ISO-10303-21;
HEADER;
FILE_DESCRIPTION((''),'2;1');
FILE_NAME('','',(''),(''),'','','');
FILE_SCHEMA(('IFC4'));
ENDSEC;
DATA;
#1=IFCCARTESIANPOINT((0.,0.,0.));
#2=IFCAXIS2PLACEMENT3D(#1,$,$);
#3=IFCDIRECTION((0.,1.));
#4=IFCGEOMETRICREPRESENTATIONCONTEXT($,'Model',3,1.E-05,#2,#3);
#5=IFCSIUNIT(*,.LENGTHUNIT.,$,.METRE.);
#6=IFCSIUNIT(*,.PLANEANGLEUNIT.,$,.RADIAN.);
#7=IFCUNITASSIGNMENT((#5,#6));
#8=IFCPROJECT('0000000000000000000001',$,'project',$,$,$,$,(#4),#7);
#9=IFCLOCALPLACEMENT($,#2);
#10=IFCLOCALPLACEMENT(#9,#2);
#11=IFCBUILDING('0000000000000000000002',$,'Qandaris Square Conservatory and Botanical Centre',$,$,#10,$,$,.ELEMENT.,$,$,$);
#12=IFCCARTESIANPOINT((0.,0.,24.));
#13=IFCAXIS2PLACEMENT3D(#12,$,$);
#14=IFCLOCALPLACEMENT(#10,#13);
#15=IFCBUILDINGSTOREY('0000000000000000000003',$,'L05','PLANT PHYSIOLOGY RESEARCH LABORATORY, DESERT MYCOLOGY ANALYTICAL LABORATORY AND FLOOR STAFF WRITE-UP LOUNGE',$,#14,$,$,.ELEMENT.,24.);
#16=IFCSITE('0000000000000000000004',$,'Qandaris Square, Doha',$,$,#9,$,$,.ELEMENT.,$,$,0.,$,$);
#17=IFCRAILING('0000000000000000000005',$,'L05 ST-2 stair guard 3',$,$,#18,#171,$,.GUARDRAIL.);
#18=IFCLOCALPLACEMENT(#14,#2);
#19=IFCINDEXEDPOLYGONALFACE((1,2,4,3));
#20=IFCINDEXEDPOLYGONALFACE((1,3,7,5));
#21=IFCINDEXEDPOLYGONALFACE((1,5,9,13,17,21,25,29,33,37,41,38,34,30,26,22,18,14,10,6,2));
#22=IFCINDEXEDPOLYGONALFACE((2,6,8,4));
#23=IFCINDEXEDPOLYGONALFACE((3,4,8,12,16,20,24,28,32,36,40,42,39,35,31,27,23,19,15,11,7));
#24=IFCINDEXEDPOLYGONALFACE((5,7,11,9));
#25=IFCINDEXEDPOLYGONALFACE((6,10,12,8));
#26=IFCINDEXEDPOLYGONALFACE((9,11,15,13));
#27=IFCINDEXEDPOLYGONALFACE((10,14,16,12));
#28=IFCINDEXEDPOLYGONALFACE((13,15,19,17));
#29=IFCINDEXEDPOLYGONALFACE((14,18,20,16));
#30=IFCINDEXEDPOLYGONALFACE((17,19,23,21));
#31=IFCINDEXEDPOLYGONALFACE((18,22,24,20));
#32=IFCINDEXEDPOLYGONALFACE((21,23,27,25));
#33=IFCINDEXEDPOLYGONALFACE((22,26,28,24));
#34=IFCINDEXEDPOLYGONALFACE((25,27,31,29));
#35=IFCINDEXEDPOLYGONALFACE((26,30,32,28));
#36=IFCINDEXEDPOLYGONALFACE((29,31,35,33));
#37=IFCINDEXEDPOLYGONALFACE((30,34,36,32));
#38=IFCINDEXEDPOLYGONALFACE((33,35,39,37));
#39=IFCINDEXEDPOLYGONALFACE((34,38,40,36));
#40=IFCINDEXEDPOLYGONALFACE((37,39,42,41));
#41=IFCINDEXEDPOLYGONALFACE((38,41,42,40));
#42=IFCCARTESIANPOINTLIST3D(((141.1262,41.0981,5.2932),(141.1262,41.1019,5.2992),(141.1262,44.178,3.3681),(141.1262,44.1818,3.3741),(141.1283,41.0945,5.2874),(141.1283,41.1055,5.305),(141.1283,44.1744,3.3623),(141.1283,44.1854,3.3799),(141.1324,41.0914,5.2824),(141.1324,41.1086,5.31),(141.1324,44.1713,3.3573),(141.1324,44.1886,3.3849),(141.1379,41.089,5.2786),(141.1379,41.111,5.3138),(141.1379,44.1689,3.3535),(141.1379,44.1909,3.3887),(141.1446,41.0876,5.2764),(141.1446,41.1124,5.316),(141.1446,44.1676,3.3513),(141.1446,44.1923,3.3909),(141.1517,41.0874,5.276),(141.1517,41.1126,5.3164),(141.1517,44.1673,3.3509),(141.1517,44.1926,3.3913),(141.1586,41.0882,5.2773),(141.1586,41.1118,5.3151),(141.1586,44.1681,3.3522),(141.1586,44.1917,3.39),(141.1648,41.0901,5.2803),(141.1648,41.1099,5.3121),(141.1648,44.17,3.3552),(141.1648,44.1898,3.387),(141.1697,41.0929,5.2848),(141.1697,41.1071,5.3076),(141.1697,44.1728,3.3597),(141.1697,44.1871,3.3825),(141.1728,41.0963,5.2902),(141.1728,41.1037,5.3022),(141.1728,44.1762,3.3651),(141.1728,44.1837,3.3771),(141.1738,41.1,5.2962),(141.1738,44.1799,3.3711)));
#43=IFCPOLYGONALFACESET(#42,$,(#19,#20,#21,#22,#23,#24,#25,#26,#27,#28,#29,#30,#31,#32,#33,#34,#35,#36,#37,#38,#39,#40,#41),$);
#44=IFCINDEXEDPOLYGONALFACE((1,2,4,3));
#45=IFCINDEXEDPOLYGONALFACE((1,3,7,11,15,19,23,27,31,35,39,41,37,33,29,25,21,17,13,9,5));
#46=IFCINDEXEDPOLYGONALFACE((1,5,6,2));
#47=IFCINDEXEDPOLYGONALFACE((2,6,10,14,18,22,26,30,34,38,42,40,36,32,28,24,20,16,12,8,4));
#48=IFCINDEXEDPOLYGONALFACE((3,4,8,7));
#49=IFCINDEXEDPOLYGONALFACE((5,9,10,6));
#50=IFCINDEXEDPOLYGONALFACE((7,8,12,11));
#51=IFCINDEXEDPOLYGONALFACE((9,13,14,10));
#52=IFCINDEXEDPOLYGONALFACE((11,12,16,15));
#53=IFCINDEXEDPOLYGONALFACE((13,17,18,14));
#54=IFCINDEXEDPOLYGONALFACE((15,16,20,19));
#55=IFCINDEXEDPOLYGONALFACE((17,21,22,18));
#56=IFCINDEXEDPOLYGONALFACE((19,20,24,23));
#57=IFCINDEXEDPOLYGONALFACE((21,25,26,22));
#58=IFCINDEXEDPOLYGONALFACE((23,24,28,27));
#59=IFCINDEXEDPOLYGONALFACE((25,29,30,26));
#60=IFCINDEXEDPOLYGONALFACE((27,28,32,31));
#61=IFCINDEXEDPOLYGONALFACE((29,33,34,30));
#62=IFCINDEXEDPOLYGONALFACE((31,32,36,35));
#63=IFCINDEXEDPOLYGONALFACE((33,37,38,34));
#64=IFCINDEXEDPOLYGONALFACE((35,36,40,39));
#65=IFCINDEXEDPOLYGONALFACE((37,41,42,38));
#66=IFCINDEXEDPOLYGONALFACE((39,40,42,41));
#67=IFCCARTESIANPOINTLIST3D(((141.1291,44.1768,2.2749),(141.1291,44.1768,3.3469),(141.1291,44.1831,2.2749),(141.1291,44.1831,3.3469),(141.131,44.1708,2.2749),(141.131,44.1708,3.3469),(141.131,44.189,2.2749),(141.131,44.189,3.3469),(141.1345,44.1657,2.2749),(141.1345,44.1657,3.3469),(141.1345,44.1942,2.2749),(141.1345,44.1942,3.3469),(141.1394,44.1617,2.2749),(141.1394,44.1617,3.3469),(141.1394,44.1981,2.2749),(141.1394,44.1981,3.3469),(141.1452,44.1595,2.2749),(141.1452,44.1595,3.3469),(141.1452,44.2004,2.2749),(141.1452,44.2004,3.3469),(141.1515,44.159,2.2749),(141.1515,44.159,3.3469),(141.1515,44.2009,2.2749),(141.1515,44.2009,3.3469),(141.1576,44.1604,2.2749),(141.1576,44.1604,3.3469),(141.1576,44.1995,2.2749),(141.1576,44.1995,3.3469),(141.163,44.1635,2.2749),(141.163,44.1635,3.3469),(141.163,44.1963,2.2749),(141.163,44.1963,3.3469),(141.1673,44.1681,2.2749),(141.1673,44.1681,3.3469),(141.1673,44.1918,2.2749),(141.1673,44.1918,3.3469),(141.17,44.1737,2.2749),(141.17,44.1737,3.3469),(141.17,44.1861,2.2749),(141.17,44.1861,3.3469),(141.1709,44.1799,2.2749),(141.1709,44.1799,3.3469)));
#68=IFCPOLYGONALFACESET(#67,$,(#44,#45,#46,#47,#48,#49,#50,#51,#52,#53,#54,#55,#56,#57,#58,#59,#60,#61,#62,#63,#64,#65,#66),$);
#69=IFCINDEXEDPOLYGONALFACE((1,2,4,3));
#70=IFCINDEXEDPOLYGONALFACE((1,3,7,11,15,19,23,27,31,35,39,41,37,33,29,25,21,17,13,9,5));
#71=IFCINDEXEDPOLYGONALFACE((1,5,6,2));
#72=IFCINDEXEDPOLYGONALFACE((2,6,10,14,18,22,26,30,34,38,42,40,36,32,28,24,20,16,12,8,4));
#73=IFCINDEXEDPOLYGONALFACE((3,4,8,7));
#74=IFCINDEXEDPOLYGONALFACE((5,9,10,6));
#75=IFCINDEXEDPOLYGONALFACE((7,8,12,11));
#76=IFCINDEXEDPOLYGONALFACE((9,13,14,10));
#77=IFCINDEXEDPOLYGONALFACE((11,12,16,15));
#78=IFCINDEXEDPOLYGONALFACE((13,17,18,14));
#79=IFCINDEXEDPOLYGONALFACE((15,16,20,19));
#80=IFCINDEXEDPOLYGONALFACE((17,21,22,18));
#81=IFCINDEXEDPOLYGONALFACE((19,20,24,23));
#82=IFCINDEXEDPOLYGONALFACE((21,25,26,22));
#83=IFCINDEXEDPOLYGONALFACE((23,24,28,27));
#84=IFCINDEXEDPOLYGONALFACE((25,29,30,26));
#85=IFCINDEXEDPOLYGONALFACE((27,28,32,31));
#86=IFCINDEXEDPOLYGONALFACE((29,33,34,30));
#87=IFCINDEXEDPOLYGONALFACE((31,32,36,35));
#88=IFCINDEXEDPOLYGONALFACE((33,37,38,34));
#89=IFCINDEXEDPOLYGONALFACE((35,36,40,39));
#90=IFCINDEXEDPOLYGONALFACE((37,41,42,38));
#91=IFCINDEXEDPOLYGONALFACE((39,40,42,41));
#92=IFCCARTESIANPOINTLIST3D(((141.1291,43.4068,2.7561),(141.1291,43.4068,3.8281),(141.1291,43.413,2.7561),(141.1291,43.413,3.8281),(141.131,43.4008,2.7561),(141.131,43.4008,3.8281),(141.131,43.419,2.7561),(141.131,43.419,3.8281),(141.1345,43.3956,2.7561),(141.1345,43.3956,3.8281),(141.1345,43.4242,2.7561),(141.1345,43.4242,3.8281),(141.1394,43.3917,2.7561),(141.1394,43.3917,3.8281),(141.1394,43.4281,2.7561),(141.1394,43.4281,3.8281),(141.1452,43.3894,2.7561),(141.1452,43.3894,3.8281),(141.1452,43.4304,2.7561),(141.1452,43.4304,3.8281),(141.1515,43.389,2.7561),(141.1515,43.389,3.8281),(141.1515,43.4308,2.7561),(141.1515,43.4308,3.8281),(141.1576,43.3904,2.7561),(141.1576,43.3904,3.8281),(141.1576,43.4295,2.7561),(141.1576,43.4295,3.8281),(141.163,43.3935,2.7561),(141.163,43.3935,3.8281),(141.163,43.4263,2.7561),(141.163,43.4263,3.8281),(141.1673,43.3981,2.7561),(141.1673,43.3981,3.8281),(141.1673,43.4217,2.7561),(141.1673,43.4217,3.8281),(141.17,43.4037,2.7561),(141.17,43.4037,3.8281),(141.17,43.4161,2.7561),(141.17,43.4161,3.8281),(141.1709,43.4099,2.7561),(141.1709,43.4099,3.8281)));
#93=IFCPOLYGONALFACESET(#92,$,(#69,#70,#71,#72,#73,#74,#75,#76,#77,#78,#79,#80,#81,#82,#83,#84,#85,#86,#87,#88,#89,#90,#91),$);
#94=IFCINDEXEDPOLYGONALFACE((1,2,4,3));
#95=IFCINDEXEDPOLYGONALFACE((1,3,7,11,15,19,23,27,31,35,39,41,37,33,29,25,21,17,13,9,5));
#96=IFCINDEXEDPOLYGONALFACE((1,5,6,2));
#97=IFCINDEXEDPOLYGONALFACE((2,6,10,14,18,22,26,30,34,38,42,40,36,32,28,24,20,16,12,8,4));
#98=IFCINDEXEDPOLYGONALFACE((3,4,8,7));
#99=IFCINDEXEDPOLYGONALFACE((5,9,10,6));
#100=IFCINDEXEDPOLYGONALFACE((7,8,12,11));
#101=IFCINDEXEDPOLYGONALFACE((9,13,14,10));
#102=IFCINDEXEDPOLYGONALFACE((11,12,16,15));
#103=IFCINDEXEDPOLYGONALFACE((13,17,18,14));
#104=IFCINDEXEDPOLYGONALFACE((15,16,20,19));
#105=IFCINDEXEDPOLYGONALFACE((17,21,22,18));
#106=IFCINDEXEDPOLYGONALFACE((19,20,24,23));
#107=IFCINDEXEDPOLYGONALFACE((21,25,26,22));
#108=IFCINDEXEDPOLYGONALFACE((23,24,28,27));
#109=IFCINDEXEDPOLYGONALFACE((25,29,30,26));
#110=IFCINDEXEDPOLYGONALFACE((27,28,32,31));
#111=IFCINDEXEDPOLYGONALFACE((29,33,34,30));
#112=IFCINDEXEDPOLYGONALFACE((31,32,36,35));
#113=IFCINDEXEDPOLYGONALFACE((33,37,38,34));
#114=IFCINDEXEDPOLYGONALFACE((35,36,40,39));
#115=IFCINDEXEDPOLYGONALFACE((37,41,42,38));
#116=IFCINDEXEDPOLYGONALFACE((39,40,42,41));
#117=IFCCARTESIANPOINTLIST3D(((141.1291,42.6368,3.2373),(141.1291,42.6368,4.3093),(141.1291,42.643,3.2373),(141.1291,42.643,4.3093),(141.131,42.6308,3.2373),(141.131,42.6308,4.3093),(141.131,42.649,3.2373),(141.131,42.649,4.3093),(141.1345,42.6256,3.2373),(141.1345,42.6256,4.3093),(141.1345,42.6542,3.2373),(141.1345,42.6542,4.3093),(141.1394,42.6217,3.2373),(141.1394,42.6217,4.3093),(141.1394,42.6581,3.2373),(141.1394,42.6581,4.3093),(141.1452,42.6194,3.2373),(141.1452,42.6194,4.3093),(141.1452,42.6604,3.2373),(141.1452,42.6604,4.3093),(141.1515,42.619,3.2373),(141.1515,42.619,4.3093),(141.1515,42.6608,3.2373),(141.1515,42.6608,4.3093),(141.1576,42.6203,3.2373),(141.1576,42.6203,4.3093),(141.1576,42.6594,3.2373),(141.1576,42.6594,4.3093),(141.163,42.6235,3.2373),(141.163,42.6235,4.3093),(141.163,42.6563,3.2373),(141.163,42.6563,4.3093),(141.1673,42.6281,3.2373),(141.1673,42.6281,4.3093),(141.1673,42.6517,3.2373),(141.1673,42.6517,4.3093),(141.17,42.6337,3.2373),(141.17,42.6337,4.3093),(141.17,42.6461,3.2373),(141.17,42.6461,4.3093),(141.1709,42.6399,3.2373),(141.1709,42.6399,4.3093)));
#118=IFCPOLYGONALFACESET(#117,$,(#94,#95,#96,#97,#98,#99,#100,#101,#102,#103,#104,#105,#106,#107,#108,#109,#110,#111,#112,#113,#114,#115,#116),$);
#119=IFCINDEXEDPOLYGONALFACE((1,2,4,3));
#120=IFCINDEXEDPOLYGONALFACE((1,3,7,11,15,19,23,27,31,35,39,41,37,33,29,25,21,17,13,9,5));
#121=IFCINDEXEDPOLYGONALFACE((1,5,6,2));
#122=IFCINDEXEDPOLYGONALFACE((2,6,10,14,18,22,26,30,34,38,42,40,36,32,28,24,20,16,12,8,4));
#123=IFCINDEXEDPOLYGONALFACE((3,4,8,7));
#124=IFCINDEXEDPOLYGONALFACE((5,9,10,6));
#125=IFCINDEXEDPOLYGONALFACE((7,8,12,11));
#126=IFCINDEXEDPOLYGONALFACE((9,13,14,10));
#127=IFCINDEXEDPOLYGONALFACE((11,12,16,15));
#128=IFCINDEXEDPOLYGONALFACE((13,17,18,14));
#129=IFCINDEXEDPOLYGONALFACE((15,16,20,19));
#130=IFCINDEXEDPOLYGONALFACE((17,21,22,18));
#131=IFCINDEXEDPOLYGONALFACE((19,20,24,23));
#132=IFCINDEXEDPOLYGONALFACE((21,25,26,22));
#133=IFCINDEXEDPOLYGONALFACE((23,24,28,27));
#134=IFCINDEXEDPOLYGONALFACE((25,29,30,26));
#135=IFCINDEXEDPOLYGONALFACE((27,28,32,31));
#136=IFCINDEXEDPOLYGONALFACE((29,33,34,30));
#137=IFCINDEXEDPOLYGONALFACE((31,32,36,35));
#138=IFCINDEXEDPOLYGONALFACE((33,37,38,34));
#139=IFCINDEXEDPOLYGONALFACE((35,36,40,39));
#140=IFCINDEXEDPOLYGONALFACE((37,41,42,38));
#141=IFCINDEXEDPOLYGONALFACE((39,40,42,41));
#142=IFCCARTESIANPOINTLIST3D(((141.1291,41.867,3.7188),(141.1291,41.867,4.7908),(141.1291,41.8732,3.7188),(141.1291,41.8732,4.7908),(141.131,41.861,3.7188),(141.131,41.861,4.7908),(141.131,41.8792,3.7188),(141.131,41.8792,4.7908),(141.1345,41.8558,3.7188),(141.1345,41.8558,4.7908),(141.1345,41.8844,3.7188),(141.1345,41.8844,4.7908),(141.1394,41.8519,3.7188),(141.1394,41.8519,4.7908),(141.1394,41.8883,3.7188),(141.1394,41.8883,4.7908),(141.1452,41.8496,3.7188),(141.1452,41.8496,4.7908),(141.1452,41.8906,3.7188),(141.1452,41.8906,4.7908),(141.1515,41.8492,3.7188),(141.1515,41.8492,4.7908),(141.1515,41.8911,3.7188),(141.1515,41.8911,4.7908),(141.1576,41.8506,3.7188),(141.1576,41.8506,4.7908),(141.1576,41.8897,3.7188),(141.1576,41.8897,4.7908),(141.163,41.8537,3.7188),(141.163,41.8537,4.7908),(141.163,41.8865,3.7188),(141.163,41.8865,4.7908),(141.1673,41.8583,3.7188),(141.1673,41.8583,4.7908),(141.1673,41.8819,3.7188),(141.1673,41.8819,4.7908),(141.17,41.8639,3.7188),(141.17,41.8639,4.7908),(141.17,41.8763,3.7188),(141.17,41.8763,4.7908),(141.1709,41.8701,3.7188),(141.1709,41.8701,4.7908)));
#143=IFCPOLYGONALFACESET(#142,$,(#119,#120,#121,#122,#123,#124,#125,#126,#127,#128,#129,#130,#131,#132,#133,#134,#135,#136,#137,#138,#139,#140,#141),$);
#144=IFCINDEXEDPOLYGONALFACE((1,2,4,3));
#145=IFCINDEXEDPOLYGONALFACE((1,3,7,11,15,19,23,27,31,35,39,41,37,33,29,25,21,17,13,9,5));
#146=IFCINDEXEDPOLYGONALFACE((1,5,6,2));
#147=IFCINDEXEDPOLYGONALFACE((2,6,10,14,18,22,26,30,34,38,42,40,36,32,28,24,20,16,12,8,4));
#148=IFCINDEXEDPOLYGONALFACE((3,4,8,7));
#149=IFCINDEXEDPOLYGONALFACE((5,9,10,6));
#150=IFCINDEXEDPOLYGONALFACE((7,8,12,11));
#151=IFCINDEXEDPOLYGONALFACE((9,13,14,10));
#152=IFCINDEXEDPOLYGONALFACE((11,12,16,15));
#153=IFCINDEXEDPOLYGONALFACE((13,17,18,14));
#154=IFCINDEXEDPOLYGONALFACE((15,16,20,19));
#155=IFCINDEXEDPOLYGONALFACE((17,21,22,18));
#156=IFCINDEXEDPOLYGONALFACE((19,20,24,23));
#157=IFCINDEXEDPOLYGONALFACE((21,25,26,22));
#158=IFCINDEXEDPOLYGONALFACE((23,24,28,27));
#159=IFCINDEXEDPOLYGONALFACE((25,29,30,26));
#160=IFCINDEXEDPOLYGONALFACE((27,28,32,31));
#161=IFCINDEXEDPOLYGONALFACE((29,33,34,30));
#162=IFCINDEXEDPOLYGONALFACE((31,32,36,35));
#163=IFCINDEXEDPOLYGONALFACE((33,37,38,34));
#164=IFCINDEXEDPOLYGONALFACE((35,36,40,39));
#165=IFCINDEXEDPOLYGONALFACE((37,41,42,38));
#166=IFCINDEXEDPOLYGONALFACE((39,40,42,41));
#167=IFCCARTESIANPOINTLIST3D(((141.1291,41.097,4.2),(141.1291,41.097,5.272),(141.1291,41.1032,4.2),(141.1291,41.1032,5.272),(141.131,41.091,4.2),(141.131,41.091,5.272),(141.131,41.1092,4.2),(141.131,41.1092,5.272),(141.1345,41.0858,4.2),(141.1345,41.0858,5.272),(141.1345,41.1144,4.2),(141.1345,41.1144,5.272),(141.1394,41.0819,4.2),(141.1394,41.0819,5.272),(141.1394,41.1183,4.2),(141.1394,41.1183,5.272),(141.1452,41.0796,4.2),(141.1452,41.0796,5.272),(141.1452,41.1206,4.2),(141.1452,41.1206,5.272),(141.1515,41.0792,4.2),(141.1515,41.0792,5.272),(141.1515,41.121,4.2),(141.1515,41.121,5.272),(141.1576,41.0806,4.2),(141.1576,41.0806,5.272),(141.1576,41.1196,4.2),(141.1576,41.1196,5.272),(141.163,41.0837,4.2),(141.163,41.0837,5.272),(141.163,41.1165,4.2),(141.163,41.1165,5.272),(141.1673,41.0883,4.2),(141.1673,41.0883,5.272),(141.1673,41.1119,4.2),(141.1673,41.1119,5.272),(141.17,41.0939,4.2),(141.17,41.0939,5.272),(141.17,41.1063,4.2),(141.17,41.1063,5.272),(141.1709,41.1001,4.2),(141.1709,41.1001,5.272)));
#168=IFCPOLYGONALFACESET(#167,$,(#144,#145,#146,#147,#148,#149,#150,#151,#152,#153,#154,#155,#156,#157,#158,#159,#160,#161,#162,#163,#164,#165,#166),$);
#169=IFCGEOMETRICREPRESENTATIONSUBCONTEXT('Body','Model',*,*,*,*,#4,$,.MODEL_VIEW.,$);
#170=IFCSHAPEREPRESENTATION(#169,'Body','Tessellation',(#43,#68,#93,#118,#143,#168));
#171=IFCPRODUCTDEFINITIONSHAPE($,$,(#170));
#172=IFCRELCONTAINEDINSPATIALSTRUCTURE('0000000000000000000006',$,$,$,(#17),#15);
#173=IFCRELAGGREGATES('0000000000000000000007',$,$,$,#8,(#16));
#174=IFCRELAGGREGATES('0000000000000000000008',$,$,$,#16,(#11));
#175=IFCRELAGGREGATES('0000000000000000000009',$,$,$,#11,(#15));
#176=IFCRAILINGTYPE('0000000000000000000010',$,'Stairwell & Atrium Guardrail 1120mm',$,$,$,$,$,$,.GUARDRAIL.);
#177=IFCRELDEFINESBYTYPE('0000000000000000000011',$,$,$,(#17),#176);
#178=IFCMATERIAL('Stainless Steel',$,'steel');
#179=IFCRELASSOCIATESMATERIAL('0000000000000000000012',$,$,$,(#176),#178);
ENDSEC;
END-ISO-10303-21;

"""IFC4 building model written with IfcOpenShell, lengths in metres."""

from ifc_helpers import new_model, si_unit, direction, frame, origin, origin_2d, place, context, subcontext, project, spatial, circle, extrude, material, type_object, element, save


model = new_model("IFC4")

# Units and contexts
model_context = context("Model", 3, precision=1e-05, world=origin(), true_north=direction((0.0, 1.0)))
body_context = subcontext(model_context, "Body", "Model", "MODEL_VIEW")
ifc_project = project(units=[si_unit("LENGTHUNIT", "METRE"), si_unit("PLANEANGLEUNIT", "RADIAN")], contexts=[model_context])

# Site, building, storey
site_placement = place(None, origin())
site = spatial("IfcSite", under=ifc_project, at=site_placement, Name="Qandaris Square, Doha", CompositionType="ELEMENT", RefElevation=0.0)
building_placement = place(site_placement, origin())
building = spatial("IfcBuilding", under=site, at=building_placement, Name="Qandaris Square Conservatory and Botanical Centre", CompositionType="ELEMENT")
storey_placement = place(building_placement, frame((0.0, 0.0, 24.0)))
storey = spatial("IfcBuildingStorey", under=building, at=storey_placement, Name="L05", Description="PLANT PHYSIOLOGY RESEARCH LABORATORY, DESERT MYCOLOGY ANALYTICAL LABORATORY AND FLOOR STAFF WRITE-UP LOUNGE", CompositionType="ELEMENT", Elevation=24.0)

# Railing
ifc_material_1 = material(Name="Stainless Steel", Category="steel")
railing_type_1 = type_object("IfcRailingType", Name="Stairwell & Atrium Guardrail 1120mm", PredefinedType="GUARDRAIL", material=ifc_material_1)
railing_1_placement = place(storey_placement, frame((141.1499, 44.1799, 2.2749)))
element("IfcRailing", 1, at=railing_1_placement, inside=storey, type_object=railing_type_1, Name="L05 ST-2 stair guard 3", PredefinedType="GUARDRAIL", context=body_context, shape_type="SweptSolid", body=[
    extrude(circle(Radius=0.0239, at=origin_2d()), frame((0.0, 0.0, 1.0962), z_axis=(0.0, -0.847979, 0.530029), x_axis=(1.0, 0.0, 0.0)), (0.0, 0.0, 1.0), 3.6321),
    extrude(circle(Radius=0.021, at=origin_2d()), origin(), (0.0, 0.0, 1.0), 1.072),
    extrude(circle(Radius=0.021, at=origin_2d()), frame((0.0, -0.77, 0.4812)), (0.0, 0.0, 1.0), 1.072),
    extrude(circle(Radius=0.021, at=origin_2d()), frame((0.0, -1.54, 0.9624)), (0.0, 0.0, 1.0), 1.072),
    extrude(circle(Radius=0.021, at=origin_2d()), frame((0.0, -2.3098, 1.4438)), (0.0, 0.0, 1.0), 1.072),
    extrude(circle(Radius=0.021, at=origin_2d()), frame((0.0, -3.0798, 1.925)), (0.0, 0.0, 1.0), 1.072),
])

save(model, "model.ifc")
